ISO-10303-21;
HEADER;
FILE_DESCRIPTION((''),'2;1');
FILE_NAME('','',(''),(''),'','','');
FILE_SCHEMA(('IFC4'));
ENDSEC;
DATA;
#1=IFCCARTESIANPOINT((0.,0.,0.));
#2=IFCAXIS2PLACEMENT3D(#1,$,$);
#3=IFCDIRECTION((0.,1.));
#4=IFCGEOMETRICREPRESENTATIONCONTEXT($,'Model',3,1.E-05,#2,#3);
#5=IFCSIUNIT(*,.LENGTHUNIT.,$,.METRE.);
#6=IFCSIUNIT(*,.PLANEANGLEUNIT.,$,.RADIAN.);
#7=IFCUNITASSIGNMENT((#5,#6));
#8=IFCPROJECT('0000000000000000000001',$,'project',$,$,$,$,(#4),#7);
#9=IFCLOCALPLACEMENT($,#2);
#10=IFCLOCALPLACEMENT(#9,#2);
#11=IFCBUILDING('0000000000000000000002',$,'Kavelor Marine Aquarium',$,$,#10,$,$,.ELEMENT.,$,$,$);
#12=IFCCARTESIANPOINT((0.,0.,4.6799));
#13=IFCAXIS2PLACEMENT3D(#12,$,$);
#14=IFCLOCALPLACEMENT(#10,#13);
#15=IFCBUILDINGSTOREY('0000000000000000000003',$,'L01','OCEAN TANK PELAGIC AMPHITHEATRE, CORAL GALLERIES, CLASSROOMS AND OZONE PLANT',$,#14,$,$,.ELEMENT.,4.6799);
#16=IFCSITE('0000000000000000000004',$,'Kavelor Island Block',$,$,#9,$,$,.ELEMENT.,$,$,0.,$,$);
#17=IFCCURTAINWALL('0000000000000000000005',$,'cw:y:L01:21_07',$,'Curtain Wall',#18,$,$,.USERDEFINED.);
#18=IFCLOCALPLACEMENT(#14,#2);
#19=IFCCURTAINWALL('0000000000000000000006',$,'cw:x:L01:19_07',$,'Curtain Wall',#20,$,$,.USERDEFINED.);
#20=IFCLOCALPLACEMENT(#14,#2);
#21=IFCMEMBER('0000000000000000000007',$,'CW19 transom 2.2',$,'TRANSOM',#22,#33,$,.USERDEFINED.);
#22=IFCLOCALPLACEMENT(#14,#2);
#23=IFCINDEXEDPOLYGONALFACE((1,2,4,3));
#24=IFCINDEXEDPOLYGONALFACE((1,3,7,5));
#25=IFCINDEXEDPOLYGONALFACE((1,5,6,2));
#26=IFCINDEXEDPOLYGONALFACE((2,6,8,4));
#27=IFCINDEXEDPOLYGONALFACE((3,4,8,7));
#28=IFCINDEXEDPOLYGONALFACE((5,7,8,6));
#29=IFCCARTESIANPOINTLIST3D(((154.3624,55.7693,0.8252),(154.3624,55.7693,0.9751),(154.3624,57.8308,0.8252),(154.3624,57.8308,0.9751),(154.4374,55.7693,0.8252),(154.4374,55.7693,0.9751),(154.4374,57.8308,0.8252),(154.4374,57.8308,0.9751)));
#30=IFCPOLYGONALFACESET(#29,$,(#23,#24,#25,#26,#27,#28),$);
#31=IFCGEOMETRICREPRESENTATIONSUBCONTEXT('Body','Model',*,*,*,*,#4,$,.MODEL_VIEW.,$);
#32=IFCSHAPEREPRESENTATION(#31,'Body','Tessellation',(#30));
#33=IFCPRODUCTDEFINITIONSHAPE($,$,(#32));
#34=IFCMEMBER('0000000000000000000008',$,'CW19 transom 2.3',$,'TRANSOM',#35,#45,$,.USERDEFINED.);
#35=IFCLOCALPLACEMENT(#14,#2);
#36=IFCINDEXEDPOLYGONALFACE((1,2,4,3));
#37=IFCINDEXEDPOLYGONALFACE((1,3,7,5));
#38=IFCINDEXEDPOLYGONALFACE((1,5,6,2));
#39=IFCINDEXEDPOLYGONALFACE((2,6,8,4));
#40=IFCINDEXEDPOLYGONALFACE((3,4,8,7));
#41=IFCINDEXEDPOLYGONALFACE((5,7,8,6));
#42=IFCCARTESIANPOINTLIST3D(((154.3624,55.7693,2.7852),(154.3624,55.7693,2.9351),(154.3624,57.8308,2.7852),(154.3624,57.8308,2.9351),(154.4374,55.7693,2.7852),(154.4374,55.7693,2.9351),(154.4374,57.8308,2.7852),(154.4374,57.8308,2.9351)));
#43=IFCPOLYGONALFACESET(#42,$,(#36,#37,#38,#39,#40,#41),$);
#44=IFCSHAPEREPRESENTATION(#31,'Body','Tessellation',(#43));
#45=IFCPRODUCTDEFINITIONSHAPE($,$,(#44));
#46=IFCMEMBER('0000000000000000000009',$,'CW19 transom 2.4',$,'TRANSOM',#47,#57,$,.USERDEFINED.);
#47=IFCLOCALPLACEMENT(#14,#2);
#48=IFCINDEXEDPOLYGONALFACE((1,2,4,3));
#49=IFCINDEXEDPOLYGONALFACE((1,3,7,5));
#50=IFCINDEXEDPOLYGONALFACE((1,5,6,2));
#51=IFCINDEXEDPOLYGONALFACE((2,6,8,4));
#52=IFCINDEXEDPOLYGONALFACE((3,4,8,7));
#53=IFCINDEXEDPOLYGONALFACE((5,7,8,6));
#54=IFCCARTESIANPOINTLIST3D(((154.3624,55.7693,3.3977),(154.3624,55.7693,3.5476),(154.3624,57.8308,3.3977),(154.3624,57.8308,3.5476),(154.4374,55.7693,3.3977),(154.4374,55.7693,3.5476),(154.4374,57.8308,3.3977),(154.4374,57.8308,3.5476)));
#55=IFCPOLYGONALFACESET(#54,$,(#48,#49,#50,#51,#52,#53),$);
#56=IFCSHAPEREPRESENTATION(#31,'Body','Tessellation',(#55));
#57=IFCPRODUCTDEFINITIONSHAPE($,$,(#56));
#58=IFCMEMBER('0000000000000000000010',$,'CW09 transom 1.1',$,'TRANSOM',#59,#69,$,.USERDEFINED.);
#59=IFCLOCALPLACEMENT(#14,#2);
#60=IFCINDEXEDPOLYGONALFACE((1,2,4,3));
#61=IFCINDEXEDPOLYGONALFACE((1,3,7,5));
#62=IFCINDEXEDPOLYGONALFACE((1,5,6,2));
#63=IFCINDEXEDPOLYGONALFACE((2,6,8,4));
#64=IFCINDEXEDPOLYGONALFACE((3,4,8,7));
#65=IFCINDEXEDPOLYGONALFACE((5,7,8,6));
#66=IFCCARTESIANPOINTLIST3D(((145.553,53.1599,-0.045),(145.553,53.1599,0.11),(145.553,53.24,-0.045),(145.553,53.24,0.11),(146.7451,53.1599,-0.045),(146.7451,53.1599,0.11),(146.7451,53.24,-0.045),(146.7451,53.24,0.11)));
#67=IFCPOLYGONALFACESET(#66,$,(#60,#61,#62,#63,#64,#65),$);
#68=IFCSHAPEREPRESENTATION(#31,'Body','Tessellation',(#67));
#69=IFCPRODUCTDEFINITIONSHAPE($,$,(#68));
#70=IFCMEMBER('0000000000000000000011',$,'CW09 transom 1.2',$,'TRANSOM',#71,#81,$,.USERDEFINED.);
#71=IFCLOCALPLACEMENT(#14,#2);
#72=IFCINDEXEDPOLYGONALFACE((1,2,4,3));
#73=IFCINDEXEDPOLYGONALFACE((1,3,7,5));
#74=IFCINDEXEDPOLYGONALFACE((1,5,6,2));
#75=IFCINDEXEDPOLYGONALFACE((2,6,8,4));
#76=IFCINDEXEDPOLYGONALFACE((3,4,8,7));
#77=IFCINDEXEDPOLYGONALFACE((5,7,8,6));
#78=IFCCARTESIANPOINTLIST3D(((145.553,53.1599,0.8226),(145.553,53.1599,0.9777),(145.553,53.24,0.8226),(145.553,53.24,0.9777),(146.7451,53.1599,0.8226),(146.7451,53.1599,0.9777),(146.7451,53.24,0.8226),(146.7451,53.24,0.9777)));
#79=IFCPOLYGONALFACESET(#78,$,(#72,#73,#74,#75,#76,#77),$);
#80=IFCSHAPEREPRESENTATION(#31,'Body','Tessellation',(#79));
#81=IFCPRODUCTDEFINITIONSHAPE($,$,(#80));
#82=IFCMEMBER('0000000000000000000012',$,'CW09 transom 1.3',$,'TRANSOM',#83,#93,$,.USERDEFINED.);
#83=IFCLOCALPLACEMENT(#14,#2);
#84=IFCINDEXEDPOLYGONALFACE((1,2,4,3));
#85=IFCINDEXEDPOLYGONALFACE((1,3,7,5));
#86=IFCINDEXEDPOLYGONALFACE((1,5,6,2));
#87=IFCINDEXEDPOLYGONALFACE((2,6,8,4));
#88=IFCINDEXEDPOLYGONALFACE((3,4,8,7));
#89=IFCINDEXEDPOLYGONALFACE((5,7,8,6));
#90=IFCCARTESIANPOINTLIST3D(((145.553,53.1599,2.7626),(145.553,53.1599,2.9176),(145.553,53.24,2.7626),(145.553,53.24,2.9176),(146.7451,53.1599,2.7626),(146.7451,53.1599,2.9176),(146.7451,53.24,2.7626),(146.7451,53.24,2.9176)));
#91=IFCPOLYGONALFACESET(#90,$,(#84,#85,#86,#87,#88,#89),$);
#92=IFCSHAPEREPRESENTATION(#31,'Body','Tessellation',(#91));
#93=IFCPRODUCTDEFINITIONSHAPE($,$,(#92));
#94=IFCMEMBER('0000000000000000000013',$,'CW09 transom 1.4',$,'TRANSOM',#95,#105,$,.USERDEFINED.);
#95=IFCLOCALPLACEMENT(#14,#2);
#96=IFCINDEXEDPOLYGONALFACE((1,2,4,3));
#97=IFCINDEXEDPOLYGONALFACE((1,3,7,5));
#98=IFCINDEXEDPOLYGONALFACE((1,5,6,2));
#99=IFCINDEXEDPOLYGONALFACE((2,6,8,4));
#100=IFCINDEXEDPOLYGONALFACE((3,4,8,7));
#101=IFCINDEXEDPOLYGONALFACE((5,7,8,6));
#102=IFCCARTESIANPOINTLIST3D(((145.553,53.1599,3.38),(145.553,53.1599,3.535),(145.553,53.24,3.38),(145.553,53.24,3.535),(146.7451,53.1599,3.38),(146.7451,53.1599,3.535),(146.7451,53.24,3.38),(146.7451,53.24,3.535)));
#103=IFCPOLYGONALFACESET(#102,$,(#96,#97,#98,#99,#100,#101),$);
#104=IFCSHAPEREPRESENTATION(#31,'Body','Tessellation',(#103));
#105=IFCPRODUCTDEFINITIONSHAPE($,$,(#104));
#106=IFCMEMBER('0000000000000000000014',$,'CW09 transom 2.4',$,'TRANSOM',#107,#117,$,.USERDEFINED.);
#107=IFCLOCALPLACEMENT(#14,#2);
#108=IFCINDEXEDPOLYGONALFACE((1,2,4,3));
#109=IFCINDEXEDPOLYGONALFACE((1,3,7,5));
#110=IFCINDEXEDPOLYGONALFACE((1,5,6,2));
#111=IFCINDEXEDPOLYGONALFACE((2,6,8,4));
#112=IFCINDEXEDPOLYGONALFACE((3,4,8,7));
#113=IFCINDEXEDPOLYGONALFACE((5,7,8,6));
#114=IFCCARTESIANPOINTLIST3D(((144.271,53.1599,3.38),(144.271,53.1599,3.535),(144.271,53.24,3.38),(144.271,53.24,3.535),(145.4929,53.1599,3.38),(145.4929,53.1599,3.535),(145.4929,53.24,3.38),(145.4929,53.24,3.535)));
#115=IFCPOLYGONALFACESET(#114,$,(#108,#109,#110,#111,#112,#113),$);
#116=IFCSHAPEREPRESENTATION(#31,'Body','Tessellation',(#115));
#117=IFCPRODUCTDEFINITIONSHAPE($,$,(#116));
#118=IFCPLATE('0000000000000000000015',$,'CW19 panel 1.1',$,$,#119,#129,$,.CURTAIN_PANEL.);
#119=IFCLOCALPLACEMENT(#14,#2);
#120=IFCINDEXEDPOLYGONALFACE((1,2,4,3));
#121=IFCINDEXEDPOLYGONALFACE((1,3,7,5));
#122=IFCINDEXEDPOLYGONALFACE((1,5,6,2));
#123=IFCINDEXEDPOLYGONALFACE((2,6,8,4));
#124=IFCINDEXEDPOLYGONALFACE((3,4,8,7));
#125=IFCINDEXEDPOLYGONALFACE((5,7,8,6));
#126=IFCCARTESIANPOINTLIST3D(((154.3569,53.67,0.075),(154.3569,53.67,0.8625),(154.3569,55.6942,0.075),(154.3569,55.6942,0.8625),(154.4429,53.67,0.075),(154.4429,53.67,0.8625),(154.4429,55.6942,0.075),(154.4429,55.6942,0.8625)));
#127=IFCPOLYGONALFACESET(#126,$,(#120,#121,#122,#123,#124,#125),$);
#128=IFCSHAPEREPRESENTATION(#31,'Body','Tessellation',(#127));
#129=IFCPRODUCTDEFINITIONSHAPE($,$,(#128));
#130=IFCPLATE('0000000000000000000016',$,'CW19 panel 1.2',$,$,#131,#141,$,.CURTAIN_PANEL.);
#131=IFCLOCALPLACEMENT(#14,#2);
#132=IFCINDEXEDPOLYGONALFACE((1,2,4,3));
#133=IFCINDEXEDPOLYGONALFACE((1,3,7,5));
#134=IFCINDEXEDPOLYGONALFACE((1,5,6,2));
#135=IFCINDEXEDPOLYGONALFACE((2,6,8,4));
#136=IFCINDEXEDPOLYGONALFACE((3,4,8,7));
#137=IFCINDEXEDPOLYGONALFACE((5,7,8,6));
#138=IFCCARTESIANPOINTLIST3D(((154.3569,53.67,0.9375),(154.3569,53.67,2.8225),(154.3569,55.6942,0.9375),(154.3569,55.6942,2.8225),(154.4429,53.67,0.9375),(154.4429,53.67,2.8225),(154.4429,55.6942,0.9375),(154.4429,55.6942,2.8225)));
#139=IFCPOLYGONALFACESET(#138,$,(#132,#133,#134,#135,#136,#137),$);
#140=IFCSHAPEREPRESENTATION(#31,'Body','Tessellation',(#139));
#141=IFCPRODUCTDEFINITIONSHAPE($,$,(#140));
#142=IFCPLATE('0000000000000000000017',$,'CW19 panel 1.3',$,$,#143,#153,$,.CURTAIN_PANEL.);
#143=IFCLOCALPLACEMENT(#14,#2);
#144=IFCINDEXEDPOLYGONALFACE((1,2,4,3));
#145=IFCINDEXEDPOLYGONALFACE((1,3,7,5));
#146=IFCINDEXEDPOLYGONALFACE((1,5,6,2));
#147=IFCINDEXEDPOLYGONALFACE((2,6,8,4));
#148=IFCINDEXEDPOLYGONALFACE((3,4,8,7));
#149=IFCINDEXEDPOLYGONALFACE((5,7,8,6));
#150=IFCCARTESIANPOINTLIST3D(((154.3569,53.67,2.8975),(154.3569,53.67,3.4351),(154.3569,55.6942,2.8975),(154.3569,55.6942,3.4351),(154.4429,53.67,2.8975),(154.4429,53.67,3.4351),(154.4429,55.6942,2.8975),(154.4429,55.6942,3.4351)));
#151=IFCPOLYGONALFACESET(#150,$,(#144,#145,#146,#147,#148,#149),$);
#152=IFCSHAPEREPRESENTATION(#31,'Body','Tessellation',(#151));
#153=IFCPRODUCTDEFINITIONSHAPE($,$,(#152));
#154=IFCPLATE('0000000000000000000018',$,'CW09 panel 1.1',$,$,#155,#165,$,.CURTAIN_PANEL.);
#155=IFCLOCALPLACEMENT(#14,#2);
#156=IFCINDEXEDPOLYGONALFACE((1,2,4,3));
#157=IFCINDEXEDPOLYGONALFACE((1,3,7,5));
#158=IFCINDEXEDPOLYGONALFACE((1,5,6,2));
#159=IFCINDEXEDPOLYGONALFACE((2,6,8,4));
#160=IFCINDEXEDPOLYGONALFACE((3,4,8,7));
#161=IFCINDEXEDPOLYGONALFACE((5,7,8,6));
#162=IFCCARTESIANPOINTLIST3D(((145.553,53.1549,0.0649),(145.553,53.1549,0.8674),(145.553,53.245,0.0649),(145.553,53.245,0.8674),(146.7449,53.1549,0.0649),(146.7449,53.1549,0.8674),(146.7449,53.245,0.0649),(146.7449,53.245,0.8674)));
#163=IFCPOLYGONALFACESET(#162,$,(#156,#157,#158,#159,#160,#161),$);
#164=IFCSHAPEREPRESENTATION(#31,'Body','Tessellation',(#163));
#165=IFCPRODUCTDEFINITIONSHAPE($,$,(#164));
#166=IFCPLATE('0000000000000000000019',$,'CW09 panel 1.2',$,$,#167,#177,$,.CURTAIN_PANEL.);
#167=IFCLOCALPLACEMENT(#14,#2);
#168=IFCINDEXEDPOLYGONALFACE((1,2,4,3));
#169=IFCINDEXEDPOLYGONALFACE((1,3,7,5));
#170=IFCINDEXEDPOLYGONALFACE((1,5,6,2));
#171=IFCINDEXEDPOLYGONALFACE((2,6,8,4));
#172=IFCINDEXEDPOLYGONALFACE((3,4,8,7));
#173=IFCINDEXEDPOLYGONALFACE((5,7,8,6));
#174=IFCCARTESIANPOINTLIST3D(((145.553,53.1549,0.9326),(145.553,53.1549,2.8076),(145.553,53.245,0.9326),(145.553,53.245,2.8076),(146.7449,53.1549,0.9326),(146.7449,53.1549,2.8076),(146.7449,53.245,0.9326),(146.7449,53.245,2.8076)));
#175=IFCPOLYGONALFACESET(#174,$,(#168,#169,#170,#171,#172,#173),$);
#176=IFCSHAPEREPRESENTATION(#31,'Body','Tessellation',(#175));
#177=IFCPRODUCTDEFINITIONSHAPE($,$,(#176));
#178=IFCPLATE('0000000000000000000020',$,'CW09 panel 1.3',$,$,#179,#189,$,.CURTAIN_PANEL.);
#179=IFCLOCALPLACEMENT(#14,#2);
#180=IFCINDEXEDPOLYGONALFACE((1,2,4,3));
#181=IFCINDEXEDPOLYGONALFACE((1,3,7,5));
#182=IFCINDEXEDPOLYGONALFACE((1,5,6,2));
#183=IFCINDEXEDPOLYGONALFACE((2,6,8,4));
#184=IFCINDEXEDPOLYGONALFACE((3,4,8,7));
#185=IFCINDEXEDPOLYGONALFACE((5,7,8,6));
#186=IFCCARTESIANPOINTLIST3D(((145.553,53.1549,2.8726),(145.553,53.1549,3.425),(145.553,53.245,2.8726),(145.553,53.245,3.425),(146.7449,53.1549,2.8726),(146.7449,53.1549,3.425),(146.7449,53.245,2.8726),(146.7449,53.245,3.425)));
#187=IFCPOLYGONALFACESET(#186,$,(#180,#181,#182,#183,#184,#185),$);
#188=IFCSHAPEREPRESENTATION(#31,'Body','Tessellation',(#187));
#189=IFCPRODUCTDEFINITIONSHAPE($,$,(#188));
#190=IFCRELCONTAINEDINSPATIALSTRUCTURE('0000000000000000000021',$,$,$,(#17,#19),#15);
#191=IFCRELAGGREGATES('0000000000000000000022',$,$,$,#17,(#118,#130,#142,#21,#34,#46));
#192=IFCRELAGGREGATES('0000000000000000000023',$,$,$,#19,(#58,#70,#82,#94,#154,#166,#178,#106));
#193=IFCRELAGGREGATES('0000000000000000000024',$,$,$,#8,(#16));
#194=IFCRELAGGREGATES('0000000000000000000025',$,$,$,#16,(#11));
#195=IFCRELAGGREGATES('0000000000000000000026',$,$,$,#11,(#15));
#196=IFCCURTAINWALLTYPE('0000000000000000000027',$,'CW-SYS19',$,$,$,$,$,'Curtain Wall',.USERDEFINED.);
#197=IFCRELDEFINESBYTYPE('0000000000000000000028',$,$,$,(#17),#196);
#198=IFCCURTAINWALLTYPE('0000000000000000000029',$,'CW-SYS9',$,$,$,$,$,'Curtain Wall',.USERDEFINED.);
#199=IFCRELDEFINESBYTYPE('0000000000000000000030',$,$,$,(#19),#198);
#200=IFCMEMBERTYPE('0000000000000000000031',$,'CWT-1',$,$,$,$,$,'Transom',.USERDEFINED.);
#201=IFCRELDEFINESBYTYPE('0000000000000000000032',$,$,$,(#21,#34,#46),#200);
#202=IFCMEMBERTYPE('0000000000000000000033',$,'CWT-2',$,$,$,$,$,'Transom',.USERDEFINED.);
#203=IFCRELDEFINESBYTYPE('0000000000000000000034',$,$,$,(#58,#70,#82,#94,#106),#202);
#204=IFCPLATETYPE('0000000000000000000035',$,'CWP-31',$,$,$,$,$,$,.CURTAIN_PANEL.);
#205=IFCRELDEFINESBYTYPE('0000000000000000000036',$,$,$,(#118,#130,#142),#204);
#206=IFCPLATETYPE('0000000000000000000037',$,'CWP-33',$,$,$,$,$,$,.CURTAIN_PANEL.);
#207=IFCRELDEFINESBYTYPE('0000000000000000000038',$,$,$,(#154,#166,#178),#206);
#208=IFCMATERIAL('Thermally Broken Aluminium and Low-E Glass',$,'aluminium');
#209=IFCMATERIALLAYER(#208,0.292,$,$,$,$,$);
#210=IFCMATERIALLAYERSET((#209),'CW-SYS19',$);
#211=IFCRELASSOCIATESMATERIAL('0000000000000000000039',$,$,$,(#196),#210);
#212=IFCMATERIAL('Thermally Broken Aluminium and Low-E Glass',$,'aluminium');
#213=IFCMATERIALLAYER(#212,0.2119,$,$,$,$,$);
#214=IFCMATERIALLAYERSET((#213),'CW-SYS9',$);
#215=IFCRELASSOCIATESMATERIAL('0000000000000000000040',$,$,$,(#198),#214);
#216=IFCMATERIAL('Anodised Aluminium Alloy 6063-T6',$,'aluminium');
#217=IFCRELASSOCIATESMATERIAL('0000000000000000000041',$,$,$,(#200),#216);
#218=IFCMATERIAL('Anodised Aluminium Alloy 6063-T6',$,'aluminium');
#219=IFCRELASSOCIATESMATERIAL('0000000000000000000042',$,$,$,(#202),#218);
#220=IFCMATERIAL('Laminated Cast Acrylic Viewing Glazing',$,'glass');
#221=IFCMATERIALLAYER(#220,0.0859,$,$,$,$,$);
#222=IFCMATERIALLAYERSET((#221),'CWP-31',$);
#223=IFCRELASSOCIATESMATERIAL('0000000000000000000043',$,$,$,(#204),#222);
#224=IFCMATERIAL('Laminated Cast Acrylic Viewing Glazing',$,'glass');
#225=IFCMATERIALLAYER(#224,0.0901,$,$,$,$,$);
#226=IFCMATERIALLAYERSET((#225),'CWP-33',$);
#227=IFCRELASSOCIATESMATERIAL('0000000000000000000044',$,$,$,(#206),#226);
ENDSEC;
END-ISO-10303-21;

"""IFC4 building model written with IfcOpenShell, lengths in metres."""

from ifc_helpers import new_model, si_unit, direction, frame, origin, origin_2d, place, context, subcontext, project, spatial, rectangle, extrude, material, layer, layer_set, material_profile, profile_set, type_object, element, aggregate, save


model = new_model("IFC4")

# Units and contexts
model_context = context("Model", 3, precision=1e-05, world=origin(), true_north=direction((0.0, 1.0)))
body_context = subcontext(model_context, "Body", "Model", "MODEL_VIEW")
ifc_project = project(units=[si_unit("LENGTHUNIT", "METRE"), si_unit("PLANEANGLEUNIT", "RADIAN")], contexts=[model_context])

# Site, building, storey
site_placement = place(None, origin())
site = spatial("IfcSite", under=ifc_project, at=site_placement, Name="Kavelor Island Block", CompositionType="ELEMENT", RefElevation=0.0)
building_placement = place(site_placement, origin())
building = spatial("IfcBuilding", under=site, at=building_placement, Name="Kavelor Marine Aquarium", CompositionType="ELEMENT")
storey_placement = place(building_placement, frame((0.0, 0.0, 4.6799)))
storey = spatial("IfcBuildingStorey", under=building, at=storey_placement, Name="L01", Description="OCEAN TANK PELAGIC AMPHITHEATRE, CORAL GALLERIES, CLASSROOMS AND OZONE PLANT", CompositionType="ELEMENT", Elevation=4.6799)

# Curtain walls
ifc_material_1 = material(Name="Thermally Broken Aluminium and Low-E Glass", Category="aluminium")
ifc_layer_1 = layer(ifc_material_1, 0.292)
ifc_layer_set_1 = layer_set([ifc_layer_1], Name="CW-SYS19")
curtain_wall_type_1 = type_object("IfcCurtainWallType", Name="CW-SYS19", ElementType="Curtain Wall", PredefinedType="USERDEFINED", material=ifc_layer_set_1)
curtain_wall_1_placement = place(storey_placement, origin())
curtain_wall_1 = element("IfcCurtainWall", 1, at=curtain_wall_1_placement, inside=storey, type_object=curtain_wall_type_1, Name="cw:y:L01:21_07", ObjectType="Curtain Wall", PredefinedType="USERDEFINED")
ifc_material_2 = material(Name="Thermally Broken Aluminium and Low-E Glass", Category="aluminium")
ifc_layer_2 = layer(ifc_material_2, 0.2119)
ifc_layer_set_2 = layer_set([ifc_layer_2], Name="CW-SYS9")
curtain_wall_type_2 = type_object("IfcCurtainWallType", Name="CW-SYS9", ElementType="Curtain Wall", PredefinedType="USERDEFINED", material=ifc_layer_set_2)
curtain_wall_2_placement = place(storey_placement, origin())
curtain_wall_2 = element("IfcCurtainWall", 2, at=curtain_wall_2_placement, inside=storey, type_object=curtain_wall_type_2, Name="cw:x:L01:19_07", ObjectType="Curtain Wall", PredefinedType="USERDEFINED")

# Members
ifc_material_3 = material(Name="Anodised Aluminium Alloy 6063-T6", Category="aluminium")
ifc_material_profile_1 = material_profile(ifc_material_3, rectangle(XDim=0.075, YDim=0.1499, at=origin_2d()), Name="CW-TRN 75x150")
ifc_profile_set_1 = profile_set([ifc_material_profile_1], Name="Anodised Aluminium Alloy 6063-T6")
member_type_1 = type_object("IfcMemberType", Name="CWT-1", ElementType="Transom", PredefinedType="USERDEFINED", material=ifc_profile_set_1)
member_1_placement = place(storey_placement, frame((154.3999, 55.7693, 0.9001), z_axis=(0.0, 1.0, 0.0), x_axis=(-1.0, 0.0, 0.0)))
member_1 = element("IfcMember", 3, at=member_1_placement, type_object=member_type_1, Name="CW19 transom 2.2", ObjectType="TRANSOM", PredefinedType="USERDEFINED", context=body_context, shape_type="SweptSolid", body=[
    extrude(rectangle(XDim=0.075, YDim=0.1499, at=origin_2d()), origin(), (0.0, 0.0, 1.0), 2.0615),
])
member_2_placement = place(storey_placement, frame((154.3999, 55.7693, 2.8601), z_axis=(0.0, 1.0, 0.0), x_axis=(-1.0, 0.0, 0.0)))
member_2 = element("IfcMember", 4, at=member_2_placement, type_object=member_type_1, Name="CW19 transom 2.3", ObjectType="TRANSOM", PredefinedType="USERDEFINED", context=body_context, shape_type="SweptSolid", body=[
    extrude(rectangle(XDim=0.075, YDim=0.1499, at=origin_2d()), origin(), (0.0, 0.0, 1.0), 2.0615),
])
member_3_placement = place(storey_placement, frame((154.3999, 55.7693, 3.4727), z_axis=(0.0, 1.0, 0.0), x_axis=(-1.0, 0.0, 0.0)))
member_3 = element("IfcMember", 5, at=member_3_placement, type_object=member_type_1, Name="CW19 transom 2.4", ObjectType="TRANSOM", PredefinedType="USERDEFINED", context=body_context, shape_type="SweptSolid", body=[
    extrude(rectangle(XDim=0.075, YDim=0.1499, at=origin_2d()), origin(), (0.0, 0.0, 1.0), 2.0615),
])
ifc_material_4 = material(Name="Anodised Aluminium Alloy 6063-T6", Category="aluminium")
ifc_material_profile_2 = material_profile(ifc_material_4, rectangle(XDim=0.0801, YDim=0.155, at=origin_2d()), Name="CW-TRN 80x155")
ifc_profile_set_2 = profile_set([ifc_material_profile_2], Name="Anodised Aluminium Alloy 6063-T6")
member_type_2 = type_object("IfcMemberType", Name="CWT-2", ElementType="Transom", PredefinedType="USERDEFINED", material=ifc_profile_set_2)
member_4_placement = place(storey_placement, frame((146.7451, 53.2, 0.0325), z_axis=(-1.0, 0.0, 0.0), x_axis=(0.0, -1.0, 0.0)))
member_4 = element("IfcMember", 6, at=member_4_placement, type_object=member_type_2, Name="CW09 transom 1.1", ObjectType="TRANSOM", PredefinedType="USERDEFINED", context=body_context, shape_type="SweptSolid", body=[
    extrude(rectangle(XDim=0.0801, YDim=0.155, at=origin_2d()), origin(), (0.0, 0.0, 1.0), 1.1921),
])
member_5_placement = place(storey_placement, frame((146.7451, 53.2, 0.9001), z_axis=(-1.0, 0.0, 0.0), x_axis=(0.0, -1.0, 0.0)))
member_5 = element("IfcMember", 7, at=member_5_placement, type_object=member_type_2, Name="CW09 transom 1.2", ObjectType="TRANSOM", PredefinedType="USERDEFINED", context=body_context, shape_type="SweptSolid", body=[
    extrude(rectangle(XDim=0.0801, YDim=0.155, at=origin_2d()), origin(), (0.0, 0.0, 1.0), 1.1921),
])
member_6_placement = place(storey_placement, frame((146.7451, 53.2, 2.8401), z_axis=(-1.0, 0.0, 0.0), x_axis=(0.0, -1.0, 0.0)))
member_6 = element("IfcMember", 8, at=member_6_placement, type_object=member_type_2, Name="CW09 transom 1.3", ObjectType="TRANSOM", PredefinedType="USERDEFINED", context=body_context, shape_type="SweptSolid", body=[
    extrude(rectangle(XDim=0.0801, YDim=0.155, at=origin_2d()), origin(), (0.0, 0.0, 1.0), 1.1921),
])
member_7_placement = place(storey_placement, frame((146.7451, 53.2, 3.4575), z_axis=(-1.0, 0.0, 0.0), x_axis=(0.0, -1.0, 0.0)))
member_7 = element("IfcMember", 9, at=member_7_placement, type_object=member_type_2, Name="CW09 transom 1.4", ObjectType="TRANSOM", PredefinedType="USERDEFINED", context=body_context, shape_type="SweptSolid", body=[
    extrude(rectangle(XDim=0.0801, YDim=0.155, at=origin_2d()), origin(), (0.0, 0.0, 1.0), 1.1921),
])
member_8_placement = place(storey_placement, frame((145.4929, 53.2, 3.4575), z_axis=(-1.0, 0.0, 0.0), x_axis=(0.0, -1.0, 0.0)))
member_8 = element("IfcMember", 10, at=member_8_placement, type_object=member_type_2, Name="CW09 transom 2.4", ObjectType="TRANSOM", PredefinedType="USERDEFINED", context=body_context, shape_type="SweptSolid", body=[
    extrude(rectangle(XDim=0.0801, YDim=0.155, at=origin_2d()), origin(), (0.0, 0.0, 1.0), 1.2219),
])

# Plates
ifc_material_5 = material(Name="Laminated Cast Acrylic Viewing Glazing", Category="glass")
ifc_layer_3 = layer(ifc_material_5, 0.0859)
ifc_layer_set_3 = layer_set([ifc_layer_3], Name="CWP-31")
plate_type_1 = type_object("IfcPlateType", Name="CWP-31", PredefinedType="CURTAIN_PANEL", material=ifc_layer_set_3)
plate_1_placement = place(storey_placement, frame((154.3999, 54.6821, 0.075), z_axis=(0.0, 0.0, 1.0), x_axis=(0.0, 1.0, 0.0)))
plate_1 = element("IfcPlate", 11, at=plate_1_placement, type_object=plate_type_1, Name="CW19 panel 1.1", PredefinedType="CURTAIN_PANEL", context=body_context, shape_type="SweptSolid", body=[
    extrude(rectangle(XDim=2.0242, YDim=0.0859, at=origin_2d()), origin(), (0.0, 0.0, 1.0), 0.7876),
])
plate_2_placement = place(storey_placement, frame((154.3999, 54.6821, 0.9375), z_axis=(0.0, 0.0, 1.0), x_axis=(0.0, 1.0, 0.0)))
plate_2 = element("IfcPlate", 12, at=plate_2_placement, type_object=plate_type_1, Name="CW19 panel 1.2", PredefinedType="CURTAIN_PANEL", context=body_context, shape_type="SweptSolid", body=[
    extrude(rectangle(XDim=2.0242, YDim=0.0859, at=origin_2d()), origin(), (0.0, 0.0, 1.0), 1.885),
])
plate_3_placement = place(storey_placement, frame((154.3999, 54.6821, 2.8975), z_axis=(0.0, 0.0, 1.0), x_axis=(0.0, 1.0, 0.0)))
plate_3 = element("IfcPlate", 13, at=plate_3_placement, type_object=plate_type_1, Name="CW19 panel 1.3", PredefinedType="CURTAIN_PANEL", context=body_context, shape_type="SweptSolid", body=[
    extrude(rectangle(XDim=2.0242, YDim=0.0859, at=origin_2d()), origin(), (0.0, 0.0, 1.0), 0.5376),
])
aggregate(curtain_wall_1, [plate_1, plate_2, plate_3, member_1, member_2, member_3])
ifc_material_6 = material(Name="Laminated Cast Acrylic Viewing Glazing", Category="glass")
ifc_layer_4 = layer(ifc_material_6, 0.0901)
ifc_layer_set_4 = layer_set([ifc_layer_4], Name="CWP-33")
plate_type_2 = type_object("IfcPlateType", Name="CWP-33", PredefinedType="CURTAIN_PANEL", material=ifc_layer_set_4)
plate_4_placement = place(storey_placement, frame((146.1489, 53.2, 0.0649), z_axis=(0.0, 0.0, 1.0), x_axis=(-1.0, 0.0, 0.0)))
plate_4 = element("IfcPlate", 14, at=plate_4_placement, type_object=plate_type_2, Name="CW09 panel 1.1", PredefinedType="CURTAIN_PANEL", context=body_context, shape_type="SweptSolid", body=[
    extrude(rectangle(XDim=1.1919, YDim=0.0901, at=origin_2d()), origin(), (0.0, 0.0, 1.0), 0.8025),
])
plate_5_placement = place(storey_placement, frame((146.1489, 53.2, 0.9326), z_axis=(0.0, 0.0, 1.0), x_axis=(-1.0, 0.0, 0.0)))
plate_5 = element("IfcPlate", 15, at=plate_5_placement, type_object=plate_type_2, Name="CW09 panel 1.2", PredefinedType="CURTAIN_PANEL", context=body_context, shape_type="SweptSolid", body=[
    extrude(rectangle(XDim=1.1919, YDim=0.0901, at=origin_2d()), origin(), (0.0, 0.0, 1.0), 1.875),
])
plate_6_placement = place(storey_placement, frame((146.1489, 53.2, 2.8726), z_axis=(0.0, 0.0, 1.0), x_axis=(-1.0, 0.0, 0.0)))
plate_6 = element("IfcPlate", 16, at=plate_6_placement, type_object=plate_type_2, Name="CW09 panel 1.3", PredefinedType="CURTAIN_PANEL", context=body_context, shape_type="SweptSolid", body=[
    extrude(rectangle(XDim=1.1919, YDim=0.0901, at=origin_2d()), origin(), (0.0, 0.0, 1.0), 0.5525),
])
aggregate(curtain_wall_2, [member_4, member_5, member_6, member_7, plate_4, plate_5, plate_6, member_8])

save(model, "model.ifc")
